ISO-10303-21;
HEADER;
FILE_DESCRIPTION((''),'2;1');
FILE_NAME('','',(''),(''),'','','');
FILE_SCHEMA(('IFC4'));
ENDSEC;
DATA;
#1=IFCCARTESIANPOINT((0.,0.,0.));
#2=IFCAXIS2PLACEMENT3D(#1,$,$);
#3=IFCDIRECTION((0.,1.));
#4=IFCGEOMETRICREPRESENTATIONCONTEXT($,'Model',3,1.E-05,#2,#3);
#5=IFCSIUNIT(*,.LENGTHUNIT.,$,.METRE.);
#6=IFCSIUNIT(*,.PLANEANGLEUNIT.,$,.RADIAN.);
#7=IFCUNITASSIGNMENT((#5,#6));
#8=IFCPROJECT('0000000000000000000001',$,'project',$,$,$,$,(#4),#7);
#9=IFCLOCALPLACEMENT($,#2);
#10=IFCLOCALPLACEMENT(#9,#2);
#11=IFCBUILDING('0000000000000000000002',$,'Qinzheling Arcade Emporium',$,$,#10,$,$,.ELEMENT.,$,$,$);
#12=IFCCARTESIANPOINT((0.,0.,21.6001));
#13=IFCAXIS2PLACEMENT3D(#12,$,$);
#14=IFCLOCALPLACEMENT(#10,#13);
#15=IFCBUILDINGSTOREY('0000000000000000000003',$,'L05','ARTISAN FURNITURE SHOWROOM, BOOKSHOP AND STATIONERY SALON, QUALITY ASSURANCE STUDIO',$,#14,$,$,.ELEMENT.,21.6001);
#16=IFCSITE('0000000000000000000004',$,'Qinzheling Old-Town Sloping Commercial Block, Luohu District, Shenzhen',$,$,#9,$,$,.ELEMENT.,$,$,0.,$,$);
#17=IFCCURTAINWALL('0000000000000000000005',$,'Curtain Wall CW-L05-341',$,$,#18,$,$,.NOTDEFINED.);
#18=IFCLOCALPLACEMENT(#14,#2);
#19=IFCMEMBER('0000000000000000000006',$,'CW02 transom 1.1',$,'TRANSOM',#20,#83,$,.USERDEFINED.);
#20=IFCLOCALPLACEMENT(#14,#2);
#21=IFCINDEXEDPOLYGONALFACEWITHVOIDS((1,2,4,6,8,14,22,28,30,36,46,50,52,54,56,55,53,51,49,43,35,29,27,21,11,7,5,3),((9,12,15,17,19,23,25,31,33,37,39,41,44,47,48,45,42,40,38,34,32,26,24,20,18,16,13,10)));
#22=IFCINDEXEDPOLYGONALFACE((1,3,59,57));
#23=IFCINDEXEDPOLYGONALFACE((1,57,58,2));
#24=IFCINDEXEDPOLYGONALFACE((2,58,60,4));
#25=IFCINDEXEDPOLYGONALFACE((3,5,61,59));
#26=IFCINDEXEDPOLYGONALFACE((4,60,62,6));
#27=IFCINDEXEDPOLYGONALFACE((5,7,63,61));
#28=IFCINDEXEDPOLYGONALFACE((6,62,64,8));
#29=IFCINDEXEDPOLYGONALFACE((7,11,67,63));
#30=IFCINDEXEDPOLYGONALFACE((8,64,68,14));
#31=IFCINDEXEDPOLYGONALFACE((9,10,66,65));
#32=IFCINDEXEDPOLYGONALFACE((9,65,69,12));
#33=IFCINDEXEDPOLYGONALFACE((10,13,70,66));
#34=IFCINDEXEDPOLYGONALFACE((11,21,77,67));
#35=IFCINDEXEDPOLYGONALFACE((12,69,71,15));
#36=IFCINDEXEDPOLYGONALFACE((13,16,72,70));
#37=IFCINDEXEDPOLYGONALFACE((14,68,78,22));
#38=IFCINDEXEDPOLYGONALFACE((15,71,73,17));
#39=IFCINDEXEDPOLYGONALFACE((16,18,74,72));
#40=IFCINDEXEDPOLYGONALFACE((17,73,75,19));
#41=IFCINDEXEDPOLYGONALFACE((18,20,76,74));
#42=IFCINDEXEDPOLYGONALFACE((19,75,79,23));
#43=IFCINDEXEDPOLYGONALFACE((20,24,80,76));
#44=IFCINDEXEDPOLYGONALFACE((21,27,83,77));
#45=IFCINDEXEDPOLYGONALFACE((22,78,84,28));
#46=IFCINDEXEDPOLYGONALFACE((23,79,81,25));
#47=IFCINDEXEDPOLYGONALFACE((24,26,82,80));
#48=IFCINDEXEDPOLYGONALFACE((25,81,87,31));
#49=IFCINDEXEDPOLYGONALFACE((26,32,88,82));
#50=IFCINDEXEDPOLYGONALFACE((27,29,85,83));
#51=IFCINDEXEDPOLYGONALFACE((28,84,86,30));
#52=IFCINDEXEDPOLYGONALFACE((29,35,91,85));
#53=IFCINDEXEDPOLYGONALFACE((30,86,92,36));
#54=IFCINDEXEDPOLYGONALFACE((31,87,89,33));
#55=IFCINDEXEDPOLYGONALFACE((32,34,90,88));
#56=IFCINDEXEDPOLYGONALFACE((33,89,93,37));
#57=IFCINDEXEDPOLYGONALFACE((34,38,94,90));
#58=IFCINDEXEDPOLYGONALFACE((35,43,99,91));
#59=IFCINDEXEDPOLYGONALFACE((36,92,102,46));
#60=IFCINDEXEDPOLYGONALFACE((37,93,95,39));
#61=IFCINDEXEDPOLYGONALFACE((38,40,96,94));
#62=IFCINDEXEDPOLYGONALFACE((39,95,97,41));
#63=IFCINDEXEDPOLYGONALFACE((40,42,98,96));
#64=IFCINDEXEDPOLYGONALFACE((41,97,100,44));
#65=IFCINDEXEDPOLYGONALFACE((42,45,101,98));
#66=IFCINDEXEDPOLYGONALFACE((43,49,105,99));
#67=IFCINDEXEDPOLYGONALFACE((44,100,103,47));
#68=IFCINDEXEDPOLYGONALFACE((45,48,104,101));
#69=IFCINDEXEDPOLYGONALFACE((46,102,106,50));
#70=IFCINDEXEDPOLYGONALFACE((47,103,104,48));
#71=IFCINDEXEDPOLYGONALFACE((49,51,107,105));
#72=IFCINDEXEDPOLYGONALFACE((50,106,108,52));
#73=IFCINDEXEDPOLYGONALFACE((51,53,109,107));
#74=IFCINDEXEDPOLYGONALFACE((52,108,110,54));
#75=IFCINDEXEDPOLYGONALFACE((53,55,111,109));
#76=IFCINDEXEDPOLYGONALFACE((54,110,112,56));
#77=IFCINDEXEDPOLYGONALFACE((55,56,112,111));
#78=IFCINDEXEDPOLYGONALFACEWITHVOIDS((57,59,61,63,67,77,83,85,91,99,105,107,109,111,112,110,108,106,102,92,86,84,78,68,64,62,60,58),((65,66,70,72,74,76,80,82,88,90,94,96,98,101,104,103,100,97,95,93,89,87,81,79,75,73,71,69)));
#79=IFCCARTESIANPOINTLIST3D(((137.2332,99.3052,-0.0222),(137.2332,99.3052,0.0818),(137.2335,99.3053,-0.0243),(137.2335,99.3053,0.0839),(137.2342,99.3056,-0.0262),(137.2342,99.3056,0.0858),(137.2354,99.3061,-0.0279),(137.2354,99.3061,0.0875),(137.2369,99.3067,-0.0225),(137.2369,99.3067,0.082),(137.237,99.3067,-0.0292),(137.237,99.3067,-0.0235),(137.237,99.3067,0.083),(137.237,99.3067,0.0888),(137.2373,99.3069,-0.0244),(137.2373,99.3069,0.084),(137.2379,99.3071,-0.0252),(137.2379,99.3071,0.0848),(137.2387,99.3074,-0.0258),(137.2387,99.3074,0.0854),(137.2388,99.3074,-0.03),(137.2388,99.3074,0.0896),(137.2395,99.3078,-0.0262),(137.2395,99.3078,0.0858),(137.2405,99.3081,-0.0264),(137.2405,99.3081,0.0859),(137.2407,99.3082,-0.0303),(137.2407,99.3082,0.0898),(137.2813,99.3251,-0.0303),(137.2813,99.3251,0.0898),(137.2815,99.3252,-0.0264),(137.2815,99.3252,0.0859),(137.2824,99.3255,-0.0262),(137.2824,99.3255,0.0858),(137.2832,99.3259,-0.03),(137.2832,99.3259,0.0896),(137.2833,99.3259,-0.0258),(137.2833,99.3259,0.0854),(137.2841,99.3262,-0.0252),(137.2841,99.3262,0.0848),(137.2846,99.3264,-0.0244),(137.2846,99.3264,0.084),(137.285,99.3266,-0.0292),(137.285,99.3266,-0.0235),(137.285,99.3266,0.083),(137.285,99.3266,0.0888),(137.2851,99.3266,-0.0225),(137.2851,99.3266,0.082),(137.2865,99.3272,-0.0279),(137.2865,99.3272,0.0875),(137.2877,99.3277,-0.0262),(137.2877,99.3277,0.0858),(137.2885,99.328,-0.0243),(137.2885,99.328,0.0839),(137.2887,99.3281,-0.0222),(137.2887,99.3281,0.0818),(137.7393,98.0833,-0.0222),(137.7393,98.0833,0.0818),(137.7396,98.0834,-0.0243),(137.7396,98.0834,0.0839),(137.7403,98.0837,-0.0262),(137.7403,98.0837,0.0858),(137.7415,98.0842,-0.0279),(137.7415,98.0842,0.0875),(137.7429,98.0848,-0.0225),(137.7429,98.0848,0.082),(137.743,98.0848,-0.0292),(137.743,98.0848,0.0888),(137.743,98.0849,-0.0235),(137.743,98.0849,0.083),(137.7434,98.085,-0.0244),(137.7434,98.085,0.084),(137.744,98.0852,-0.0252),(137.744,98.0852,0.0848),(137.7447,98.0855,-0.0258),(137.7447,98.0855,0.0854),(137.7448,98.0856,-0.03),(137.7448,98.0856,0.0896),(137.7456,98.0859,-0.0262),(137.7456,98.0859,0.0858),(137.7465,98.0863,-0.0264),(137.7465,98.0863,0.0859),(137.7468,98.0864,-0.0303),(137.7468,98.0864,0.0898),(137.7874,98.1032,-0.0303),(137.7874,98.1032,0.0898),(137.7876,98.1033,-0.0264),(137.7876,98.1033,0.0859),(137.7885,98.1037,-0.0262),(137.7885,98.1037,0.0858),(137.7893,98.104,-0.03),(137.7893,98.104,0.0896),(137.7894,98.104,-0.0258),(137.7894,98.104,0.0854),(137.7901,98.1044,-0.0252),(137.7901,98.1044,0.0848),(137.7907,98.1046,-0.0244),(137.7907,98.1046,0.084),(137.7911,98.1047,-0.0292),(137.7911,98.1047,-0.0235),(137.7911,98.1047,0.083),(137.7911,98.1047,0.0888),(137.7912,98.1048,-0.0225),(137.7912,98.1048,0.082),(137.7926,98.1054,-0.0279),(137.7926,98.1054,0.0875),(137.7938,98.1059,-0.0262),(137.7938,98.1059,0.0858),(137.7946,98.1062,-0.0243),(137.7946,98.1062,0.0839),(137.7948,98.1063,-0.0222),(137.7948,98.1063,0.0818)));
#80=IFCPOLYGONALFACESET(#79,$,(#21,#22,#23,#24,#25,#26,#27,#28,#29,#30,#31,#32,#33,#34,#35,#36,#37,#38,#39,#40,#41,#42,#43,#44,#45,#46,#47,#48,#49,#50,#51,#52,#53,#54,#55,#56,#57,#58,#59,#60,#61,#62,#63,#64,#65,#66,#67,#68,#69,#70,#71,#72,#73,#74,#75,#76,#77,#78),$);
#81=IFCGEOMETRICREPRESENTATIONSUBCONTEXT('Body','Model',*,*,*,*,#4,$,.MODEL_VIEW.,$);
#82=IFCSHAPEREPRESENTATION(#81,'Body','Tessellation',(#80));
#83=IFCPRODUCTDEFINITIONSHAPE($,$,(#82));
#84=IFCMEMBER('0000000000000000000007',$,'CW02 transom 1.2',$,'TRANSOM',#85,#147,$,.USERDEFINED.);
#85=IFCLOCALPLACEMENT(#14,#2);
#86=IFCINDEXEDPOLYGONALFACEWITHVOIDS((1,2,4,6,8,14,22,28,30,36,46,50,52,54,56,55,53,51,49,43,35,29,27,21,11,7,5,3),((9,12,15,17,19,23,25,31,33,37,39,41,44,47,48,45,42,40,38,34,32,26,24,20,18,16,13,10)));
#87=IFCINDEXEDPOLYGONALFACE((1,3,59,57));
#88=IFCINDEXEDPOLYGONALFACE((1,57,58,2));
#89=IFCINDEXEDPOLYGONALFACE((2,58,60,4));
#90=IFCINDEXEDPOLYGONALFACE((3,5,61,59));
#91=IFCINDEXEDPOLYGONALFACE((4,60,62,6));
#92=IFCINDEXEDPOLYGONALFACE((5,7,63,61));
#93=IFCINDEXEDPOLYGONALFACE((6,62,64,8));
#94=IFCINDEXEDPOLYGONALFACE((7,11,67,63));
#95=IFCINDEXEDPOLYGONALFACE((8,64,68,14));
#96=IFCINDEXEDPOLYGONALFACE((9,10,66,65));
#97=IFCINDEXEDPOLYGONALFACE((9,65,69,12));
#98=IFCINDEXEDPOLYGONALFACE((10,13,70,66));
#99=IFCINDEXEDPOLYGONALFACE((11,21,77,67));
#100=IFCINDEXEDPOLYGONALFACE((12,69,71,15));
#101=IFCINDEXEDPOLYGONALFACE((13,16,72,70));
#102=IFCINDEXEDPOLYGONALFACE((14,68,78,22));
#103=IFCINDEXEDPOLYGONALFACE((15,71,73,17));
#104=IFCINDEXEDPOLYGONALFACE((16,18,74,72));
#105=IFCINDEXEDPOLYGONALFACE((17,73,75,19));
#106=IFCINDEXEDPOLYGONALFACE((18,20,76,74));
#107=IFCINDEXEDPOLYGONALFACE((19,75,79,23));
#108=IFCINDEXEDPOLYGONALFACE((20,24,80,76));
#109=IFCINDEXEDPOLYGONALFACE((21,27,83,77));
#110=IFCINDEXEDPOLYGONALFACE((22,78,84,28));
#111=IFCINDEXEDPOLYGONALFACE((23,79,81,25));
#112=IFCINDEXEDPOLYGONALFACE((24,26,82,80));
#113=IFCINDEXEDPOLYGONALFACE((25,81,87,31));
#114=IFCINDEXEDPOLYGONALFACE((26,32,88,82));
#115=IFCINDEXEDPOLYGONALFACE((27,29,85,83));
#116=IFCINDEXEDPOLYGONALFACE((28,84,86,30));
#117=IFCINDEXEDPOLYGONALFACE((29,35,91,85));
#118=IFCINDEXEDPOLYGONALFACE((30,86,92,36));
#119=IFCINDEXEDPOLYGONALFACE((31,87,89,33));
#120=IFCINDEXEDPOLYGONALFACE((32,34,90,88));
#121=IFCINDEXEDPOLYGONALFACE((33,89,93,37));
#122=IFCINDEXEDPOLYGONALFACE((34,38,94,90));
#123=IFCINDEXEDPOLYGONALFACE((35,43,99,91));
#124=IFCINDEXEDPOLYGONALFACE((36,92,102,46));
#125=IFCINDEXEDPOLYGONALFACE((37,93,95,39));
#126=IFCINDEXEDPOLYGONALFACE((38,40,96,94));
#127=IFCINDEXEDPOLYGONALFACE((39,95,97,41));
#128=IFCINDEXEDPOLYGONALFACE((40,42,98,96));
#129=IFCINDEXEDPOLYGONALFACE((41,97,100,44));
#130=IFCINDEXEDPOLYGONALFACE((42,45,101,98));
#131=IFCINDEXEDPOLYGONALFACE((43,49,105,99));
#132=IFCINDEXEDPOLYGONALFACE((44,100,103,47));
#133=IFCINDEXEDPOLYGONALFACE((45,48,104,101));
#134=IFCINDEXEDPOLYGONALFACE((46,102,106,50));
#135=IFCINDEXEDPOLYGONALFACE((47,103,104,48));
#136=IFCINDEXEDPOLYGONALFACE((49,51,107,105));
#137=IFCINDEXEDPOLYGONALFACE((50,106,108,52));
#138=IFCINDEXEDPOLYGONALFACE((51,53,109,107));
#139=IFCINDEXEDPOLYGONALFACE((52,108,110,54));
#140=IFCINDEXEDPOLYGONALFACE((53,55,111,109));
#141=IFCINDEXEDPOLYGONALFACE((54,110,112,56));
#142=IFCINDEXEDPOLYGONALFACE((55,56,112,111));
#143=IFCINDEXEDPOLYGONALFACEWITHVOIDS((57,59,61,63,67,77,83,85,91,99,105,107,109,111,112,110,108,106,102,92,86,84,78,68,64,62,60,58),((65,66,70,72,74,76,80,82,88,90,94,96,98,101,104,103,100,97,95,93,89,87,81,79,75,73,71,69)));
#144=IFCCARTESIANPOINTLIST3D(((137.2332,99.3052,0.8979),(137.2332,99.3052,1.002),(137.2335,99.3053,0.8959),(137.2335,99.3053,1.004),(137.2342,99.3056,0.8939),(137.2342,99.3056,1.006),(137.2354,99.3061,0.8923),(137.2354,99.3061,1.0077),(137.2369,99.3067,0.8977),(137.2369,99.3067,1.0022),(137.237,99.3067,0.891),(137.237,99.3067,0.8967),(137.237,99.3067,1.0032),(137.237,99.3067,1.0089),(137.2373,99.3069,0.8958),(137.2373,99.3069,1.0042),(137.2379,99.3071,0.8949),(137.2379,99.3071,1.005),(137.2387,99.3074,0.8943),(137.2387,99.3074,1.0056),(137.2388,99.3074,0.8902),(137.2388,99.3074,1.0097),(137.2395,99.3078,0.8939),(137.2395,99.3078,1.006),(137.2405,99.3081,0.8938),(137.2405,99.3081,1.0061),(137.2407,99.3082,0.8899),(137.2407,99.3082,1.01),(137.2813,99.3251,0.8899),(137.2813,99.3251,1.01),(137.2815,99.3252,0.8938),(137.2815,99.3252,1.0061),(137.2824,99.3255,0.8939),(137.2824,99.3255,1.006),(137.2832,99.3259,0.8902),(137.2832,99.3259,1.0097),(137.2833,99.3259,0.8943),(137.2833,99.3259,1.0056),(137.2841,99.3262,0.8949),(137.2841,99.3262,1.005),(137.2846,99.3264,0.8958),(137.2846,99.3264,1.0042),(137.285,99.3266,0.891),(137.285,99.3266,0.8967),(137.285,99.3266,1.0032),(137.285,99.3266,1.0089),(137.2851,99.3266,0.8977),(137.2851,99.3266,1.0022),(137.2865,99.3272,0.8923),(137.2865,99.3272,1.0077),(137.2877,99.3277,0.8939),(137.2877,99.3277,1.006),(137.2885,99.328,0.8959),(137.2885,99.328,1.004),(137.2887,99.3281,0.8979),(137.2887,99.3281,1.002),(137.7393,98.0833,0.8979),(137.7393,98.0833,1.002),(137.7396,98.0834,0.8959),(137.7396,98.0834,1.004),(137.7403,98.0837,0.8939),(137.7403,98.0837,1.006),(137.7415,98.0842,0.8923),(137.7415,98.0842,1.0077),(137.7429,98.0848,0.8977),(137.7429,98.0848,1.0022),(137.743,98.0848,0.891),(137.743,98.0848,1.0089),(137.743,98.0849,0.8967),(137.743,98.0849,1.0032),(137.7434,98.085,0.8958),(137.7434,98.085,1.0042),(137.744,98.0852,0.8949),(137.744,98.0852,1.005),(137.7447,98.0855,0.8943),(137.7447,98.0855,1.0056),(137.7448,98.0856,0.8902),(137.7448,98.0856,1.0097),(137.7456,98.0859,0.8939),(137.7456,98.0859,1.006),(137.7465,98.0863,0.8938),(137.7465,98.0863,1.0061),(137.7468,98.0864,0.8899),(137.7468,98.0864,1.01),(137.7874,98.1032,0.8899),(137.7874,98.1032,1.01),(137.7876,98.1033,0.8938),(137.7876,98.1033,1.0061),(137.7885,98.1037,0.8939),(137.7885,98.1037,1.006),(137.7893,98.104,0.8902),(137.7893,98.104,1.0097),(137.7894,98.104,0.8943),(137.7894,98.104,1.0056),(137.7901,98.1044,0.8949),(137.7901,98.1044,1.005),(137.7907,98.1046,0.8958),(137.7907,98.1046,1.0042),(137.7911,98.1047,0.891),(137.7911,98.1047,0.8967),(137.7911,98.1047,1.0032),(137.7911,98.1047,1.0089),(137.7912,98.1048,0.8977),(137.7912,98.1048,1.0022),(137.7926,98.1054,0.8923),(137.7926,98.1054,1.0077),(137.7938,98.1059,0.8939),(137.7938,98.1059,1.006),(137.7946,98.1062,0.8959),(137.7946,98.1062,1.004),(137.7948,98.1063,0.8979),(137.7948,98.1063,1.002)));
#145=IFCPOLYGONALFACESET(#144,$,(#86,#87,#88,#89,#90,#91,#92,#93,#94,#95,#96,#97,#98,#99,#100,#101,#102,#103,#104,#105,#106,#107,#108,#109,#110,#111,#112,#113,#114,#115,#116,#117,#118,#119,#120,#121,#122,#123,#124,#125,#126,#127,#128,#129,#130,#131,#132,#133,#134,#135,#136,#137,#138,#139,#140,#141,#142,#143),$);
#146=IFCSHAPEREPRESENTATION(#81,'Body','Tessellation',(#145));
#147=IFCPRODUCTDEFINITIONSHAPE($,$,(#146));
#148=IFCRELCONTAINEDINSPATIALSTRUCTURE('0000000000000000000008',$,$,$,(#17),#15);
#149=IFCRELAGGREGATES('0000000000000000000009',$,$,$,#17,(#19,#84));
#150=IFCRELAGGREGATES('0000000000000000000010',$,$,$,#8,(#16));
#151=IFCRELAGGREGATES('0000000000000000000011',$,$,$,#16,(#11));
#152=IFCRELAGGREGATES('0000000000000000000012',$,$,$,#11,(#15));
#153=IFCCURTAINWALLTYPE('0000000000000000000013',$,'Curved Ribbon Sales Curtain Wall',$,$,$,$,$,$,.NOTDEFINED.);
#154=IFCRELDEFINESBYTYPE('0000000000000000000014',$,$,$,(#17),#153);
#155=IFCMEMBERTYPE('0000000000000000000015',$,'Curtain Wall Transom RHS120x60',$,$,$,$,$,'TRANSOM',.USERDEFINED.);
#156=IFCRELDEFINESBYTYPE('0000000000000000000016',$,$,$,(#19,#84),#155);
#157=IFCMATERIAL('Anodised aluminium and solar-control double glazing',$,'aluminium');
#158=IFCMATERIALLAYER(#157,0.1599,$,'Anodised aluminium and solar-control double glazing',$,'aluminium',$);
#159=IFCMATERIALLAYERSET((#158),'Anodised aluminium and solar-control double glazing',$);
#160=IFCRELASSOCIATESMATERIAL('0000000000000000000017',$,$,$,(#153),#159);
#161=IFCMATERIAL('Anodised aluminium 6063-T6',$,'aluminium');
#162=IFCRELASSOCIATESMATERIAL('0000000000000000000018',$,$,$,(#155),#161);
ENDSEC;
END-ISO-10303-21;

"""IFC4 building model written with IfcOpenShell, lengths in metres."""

from ifc_helpers import new_model, si_unit, direction, frame, origin, origin_2d, place, context, subcontext, project, spatial, hollow_rectangle, extrude, material, layer, layer_set, material_profile, profile_set, type_object, element, aggregate, save


model = new_model("IFC4")

# Units and contexts
model_context = context("Model", 3, precision=1e-05, world=origin(), true_north=direction((0.0, 1.0)))
body_context = subcontext(model_context, "Body", "Model", "MODEL_VIEW")
ifc_project = project(units=[si_unit("LENGTHUNIT", "METRE"), si_unit("PLANEANGLEUNIT", "RADIAN")], contexts=[model_context])

# Site, building, storey
site_placement = place(None, origin())
site = spatial("IfcSite", under=ifc_project, at=site_placement, Name="Qinzheling Old-Town Sloping Commercial Block, Luohu District, Shenzhen", CompositionType="ELEMENT", RefElevation=0.0)
building_placement = place(site_placement, origin())
building = spatial("IfcBuilding", under=site, at=building_placement, Name="Qinzheling Arcade Emporium", CompositionType="ELEMENT")
storey_placement = place(building_placement, frame((0.0, 0.0, 21.6001)))
storey = spatial("IfcBuildingStorey", under=building, at=storey_placement, Name="L05", Description="ARTISAN FURNITURE SHOWROOM, BOOKSHOP AND STATIONERY SALON, QUALITY ASSURANCE STUDIO", CompositionType="ELEMENT", Elevation=21.6001)

# Shared definitions
ifc_material_1 = material(Name="Anodised aluminium and solar-control double glazing", Category="aluminium")
ifc_layer_1 = layer(ifc_material_1, 0.1599, Name="Anodised aluminium and solar-control double glazing", Category="aluminium")
ifc_layer_set_1 = layer_set([ifc_layer_1], Name="Anodised aluminium and solar-control double glazing")
curtain_wall_type = type_object("IfcCurtainWallType", Name="Curved Ribbon Sales Curtain Wall", PredefinedType="NOTDEFINED", material=ifc_layer_set_1)
ifc_material_2 = material(Name="Anodised aluminium 6063-T6", Category="aluminium")

# Curtain wall
curtain_wall_1_placement = place(storey_placement, origin())
curtain_wall_1 = element("IfcCurtainWall", 1, at=curtain_wall_1_placement, inside=storey, type_object=curtain_wall_type, Name="Curtain Wall CW-L05-341", PredefinedType="NOTDEFINED")

# Members
ifc_material_profile_1 = material_profile(ifc_material_2, hollow_rectangle(XDim=0.0601, YDim=0.1201, WallThickness=0.0039, InnerFilletRadius=0.0039, OuterFilletRadius=0.0081, at=origin_2d()), Name="RHS 120x60x4", Category="aluminium")
ifc_profile_set_1 = profile_set([ifc_material_profile_1], Name="Anodised aluminium 6063-T6")
member_type_1 = type_object("IfcMemberType", Name="Curtain Wall Transom RHS120x60", ElementType="TRANSOM", PredefinedType="USERDEFINED", material=ifc_profile_set_1)
member_1_placement = place(storey_placement, frame((137.261, 99.3167, 0.0298), z_axis=(0.382662, -0.923889, 0.0), x_axis=(0.923889, 0.382662, 0.0)))
member_1 = element("IfcMember", 2, at=member_1_placement, type_object=member_type_1, Name="CW02 transom 1.1", ObjectType="TRANSOM", PredefinedType="USERDEFINED", context=body_context, shape_type="SweptSolid", body=[
    extrude(hollow_rectangle(XDim=0.0601, YDim=0.1201, WallThickness=0.0039, InnerFilletRadius=0.0039, OuterFilletRadius=0.0081, at=origin_2d()), origin(), (0.0, 0.0, 1.0), 1.3225),
])
member_2_placement = place(storey_placement, frame((137.261, 99.3167, 0.95), z_axis=(0.382662, -0.923889, 0.0), x_axis=(0.923889, 0.382662, 0.0)))
member_2 = element("IfcMember", 3, at=member_2_placement, type_object=member_type_1, Name="CW02 transom 1.2", ObjectType="TRANSOM", PredefinedType="USERDEFINED", context=body_context, shape_type="SweptSolid", body=[
    extrude(hollow_rectangle(XDim=0.0601, YDim=0.1201, WallThickness=0.0039, InnerFilletRadius=0.0039, OuterFilletRadius=0.0081, at=origin_2d()), origin(), (0.0, 0.0, 1.0), 1.3225),
])

aggregate(curtain_wall_1, [member_1, member_2])

save(model, "model.ifc")
